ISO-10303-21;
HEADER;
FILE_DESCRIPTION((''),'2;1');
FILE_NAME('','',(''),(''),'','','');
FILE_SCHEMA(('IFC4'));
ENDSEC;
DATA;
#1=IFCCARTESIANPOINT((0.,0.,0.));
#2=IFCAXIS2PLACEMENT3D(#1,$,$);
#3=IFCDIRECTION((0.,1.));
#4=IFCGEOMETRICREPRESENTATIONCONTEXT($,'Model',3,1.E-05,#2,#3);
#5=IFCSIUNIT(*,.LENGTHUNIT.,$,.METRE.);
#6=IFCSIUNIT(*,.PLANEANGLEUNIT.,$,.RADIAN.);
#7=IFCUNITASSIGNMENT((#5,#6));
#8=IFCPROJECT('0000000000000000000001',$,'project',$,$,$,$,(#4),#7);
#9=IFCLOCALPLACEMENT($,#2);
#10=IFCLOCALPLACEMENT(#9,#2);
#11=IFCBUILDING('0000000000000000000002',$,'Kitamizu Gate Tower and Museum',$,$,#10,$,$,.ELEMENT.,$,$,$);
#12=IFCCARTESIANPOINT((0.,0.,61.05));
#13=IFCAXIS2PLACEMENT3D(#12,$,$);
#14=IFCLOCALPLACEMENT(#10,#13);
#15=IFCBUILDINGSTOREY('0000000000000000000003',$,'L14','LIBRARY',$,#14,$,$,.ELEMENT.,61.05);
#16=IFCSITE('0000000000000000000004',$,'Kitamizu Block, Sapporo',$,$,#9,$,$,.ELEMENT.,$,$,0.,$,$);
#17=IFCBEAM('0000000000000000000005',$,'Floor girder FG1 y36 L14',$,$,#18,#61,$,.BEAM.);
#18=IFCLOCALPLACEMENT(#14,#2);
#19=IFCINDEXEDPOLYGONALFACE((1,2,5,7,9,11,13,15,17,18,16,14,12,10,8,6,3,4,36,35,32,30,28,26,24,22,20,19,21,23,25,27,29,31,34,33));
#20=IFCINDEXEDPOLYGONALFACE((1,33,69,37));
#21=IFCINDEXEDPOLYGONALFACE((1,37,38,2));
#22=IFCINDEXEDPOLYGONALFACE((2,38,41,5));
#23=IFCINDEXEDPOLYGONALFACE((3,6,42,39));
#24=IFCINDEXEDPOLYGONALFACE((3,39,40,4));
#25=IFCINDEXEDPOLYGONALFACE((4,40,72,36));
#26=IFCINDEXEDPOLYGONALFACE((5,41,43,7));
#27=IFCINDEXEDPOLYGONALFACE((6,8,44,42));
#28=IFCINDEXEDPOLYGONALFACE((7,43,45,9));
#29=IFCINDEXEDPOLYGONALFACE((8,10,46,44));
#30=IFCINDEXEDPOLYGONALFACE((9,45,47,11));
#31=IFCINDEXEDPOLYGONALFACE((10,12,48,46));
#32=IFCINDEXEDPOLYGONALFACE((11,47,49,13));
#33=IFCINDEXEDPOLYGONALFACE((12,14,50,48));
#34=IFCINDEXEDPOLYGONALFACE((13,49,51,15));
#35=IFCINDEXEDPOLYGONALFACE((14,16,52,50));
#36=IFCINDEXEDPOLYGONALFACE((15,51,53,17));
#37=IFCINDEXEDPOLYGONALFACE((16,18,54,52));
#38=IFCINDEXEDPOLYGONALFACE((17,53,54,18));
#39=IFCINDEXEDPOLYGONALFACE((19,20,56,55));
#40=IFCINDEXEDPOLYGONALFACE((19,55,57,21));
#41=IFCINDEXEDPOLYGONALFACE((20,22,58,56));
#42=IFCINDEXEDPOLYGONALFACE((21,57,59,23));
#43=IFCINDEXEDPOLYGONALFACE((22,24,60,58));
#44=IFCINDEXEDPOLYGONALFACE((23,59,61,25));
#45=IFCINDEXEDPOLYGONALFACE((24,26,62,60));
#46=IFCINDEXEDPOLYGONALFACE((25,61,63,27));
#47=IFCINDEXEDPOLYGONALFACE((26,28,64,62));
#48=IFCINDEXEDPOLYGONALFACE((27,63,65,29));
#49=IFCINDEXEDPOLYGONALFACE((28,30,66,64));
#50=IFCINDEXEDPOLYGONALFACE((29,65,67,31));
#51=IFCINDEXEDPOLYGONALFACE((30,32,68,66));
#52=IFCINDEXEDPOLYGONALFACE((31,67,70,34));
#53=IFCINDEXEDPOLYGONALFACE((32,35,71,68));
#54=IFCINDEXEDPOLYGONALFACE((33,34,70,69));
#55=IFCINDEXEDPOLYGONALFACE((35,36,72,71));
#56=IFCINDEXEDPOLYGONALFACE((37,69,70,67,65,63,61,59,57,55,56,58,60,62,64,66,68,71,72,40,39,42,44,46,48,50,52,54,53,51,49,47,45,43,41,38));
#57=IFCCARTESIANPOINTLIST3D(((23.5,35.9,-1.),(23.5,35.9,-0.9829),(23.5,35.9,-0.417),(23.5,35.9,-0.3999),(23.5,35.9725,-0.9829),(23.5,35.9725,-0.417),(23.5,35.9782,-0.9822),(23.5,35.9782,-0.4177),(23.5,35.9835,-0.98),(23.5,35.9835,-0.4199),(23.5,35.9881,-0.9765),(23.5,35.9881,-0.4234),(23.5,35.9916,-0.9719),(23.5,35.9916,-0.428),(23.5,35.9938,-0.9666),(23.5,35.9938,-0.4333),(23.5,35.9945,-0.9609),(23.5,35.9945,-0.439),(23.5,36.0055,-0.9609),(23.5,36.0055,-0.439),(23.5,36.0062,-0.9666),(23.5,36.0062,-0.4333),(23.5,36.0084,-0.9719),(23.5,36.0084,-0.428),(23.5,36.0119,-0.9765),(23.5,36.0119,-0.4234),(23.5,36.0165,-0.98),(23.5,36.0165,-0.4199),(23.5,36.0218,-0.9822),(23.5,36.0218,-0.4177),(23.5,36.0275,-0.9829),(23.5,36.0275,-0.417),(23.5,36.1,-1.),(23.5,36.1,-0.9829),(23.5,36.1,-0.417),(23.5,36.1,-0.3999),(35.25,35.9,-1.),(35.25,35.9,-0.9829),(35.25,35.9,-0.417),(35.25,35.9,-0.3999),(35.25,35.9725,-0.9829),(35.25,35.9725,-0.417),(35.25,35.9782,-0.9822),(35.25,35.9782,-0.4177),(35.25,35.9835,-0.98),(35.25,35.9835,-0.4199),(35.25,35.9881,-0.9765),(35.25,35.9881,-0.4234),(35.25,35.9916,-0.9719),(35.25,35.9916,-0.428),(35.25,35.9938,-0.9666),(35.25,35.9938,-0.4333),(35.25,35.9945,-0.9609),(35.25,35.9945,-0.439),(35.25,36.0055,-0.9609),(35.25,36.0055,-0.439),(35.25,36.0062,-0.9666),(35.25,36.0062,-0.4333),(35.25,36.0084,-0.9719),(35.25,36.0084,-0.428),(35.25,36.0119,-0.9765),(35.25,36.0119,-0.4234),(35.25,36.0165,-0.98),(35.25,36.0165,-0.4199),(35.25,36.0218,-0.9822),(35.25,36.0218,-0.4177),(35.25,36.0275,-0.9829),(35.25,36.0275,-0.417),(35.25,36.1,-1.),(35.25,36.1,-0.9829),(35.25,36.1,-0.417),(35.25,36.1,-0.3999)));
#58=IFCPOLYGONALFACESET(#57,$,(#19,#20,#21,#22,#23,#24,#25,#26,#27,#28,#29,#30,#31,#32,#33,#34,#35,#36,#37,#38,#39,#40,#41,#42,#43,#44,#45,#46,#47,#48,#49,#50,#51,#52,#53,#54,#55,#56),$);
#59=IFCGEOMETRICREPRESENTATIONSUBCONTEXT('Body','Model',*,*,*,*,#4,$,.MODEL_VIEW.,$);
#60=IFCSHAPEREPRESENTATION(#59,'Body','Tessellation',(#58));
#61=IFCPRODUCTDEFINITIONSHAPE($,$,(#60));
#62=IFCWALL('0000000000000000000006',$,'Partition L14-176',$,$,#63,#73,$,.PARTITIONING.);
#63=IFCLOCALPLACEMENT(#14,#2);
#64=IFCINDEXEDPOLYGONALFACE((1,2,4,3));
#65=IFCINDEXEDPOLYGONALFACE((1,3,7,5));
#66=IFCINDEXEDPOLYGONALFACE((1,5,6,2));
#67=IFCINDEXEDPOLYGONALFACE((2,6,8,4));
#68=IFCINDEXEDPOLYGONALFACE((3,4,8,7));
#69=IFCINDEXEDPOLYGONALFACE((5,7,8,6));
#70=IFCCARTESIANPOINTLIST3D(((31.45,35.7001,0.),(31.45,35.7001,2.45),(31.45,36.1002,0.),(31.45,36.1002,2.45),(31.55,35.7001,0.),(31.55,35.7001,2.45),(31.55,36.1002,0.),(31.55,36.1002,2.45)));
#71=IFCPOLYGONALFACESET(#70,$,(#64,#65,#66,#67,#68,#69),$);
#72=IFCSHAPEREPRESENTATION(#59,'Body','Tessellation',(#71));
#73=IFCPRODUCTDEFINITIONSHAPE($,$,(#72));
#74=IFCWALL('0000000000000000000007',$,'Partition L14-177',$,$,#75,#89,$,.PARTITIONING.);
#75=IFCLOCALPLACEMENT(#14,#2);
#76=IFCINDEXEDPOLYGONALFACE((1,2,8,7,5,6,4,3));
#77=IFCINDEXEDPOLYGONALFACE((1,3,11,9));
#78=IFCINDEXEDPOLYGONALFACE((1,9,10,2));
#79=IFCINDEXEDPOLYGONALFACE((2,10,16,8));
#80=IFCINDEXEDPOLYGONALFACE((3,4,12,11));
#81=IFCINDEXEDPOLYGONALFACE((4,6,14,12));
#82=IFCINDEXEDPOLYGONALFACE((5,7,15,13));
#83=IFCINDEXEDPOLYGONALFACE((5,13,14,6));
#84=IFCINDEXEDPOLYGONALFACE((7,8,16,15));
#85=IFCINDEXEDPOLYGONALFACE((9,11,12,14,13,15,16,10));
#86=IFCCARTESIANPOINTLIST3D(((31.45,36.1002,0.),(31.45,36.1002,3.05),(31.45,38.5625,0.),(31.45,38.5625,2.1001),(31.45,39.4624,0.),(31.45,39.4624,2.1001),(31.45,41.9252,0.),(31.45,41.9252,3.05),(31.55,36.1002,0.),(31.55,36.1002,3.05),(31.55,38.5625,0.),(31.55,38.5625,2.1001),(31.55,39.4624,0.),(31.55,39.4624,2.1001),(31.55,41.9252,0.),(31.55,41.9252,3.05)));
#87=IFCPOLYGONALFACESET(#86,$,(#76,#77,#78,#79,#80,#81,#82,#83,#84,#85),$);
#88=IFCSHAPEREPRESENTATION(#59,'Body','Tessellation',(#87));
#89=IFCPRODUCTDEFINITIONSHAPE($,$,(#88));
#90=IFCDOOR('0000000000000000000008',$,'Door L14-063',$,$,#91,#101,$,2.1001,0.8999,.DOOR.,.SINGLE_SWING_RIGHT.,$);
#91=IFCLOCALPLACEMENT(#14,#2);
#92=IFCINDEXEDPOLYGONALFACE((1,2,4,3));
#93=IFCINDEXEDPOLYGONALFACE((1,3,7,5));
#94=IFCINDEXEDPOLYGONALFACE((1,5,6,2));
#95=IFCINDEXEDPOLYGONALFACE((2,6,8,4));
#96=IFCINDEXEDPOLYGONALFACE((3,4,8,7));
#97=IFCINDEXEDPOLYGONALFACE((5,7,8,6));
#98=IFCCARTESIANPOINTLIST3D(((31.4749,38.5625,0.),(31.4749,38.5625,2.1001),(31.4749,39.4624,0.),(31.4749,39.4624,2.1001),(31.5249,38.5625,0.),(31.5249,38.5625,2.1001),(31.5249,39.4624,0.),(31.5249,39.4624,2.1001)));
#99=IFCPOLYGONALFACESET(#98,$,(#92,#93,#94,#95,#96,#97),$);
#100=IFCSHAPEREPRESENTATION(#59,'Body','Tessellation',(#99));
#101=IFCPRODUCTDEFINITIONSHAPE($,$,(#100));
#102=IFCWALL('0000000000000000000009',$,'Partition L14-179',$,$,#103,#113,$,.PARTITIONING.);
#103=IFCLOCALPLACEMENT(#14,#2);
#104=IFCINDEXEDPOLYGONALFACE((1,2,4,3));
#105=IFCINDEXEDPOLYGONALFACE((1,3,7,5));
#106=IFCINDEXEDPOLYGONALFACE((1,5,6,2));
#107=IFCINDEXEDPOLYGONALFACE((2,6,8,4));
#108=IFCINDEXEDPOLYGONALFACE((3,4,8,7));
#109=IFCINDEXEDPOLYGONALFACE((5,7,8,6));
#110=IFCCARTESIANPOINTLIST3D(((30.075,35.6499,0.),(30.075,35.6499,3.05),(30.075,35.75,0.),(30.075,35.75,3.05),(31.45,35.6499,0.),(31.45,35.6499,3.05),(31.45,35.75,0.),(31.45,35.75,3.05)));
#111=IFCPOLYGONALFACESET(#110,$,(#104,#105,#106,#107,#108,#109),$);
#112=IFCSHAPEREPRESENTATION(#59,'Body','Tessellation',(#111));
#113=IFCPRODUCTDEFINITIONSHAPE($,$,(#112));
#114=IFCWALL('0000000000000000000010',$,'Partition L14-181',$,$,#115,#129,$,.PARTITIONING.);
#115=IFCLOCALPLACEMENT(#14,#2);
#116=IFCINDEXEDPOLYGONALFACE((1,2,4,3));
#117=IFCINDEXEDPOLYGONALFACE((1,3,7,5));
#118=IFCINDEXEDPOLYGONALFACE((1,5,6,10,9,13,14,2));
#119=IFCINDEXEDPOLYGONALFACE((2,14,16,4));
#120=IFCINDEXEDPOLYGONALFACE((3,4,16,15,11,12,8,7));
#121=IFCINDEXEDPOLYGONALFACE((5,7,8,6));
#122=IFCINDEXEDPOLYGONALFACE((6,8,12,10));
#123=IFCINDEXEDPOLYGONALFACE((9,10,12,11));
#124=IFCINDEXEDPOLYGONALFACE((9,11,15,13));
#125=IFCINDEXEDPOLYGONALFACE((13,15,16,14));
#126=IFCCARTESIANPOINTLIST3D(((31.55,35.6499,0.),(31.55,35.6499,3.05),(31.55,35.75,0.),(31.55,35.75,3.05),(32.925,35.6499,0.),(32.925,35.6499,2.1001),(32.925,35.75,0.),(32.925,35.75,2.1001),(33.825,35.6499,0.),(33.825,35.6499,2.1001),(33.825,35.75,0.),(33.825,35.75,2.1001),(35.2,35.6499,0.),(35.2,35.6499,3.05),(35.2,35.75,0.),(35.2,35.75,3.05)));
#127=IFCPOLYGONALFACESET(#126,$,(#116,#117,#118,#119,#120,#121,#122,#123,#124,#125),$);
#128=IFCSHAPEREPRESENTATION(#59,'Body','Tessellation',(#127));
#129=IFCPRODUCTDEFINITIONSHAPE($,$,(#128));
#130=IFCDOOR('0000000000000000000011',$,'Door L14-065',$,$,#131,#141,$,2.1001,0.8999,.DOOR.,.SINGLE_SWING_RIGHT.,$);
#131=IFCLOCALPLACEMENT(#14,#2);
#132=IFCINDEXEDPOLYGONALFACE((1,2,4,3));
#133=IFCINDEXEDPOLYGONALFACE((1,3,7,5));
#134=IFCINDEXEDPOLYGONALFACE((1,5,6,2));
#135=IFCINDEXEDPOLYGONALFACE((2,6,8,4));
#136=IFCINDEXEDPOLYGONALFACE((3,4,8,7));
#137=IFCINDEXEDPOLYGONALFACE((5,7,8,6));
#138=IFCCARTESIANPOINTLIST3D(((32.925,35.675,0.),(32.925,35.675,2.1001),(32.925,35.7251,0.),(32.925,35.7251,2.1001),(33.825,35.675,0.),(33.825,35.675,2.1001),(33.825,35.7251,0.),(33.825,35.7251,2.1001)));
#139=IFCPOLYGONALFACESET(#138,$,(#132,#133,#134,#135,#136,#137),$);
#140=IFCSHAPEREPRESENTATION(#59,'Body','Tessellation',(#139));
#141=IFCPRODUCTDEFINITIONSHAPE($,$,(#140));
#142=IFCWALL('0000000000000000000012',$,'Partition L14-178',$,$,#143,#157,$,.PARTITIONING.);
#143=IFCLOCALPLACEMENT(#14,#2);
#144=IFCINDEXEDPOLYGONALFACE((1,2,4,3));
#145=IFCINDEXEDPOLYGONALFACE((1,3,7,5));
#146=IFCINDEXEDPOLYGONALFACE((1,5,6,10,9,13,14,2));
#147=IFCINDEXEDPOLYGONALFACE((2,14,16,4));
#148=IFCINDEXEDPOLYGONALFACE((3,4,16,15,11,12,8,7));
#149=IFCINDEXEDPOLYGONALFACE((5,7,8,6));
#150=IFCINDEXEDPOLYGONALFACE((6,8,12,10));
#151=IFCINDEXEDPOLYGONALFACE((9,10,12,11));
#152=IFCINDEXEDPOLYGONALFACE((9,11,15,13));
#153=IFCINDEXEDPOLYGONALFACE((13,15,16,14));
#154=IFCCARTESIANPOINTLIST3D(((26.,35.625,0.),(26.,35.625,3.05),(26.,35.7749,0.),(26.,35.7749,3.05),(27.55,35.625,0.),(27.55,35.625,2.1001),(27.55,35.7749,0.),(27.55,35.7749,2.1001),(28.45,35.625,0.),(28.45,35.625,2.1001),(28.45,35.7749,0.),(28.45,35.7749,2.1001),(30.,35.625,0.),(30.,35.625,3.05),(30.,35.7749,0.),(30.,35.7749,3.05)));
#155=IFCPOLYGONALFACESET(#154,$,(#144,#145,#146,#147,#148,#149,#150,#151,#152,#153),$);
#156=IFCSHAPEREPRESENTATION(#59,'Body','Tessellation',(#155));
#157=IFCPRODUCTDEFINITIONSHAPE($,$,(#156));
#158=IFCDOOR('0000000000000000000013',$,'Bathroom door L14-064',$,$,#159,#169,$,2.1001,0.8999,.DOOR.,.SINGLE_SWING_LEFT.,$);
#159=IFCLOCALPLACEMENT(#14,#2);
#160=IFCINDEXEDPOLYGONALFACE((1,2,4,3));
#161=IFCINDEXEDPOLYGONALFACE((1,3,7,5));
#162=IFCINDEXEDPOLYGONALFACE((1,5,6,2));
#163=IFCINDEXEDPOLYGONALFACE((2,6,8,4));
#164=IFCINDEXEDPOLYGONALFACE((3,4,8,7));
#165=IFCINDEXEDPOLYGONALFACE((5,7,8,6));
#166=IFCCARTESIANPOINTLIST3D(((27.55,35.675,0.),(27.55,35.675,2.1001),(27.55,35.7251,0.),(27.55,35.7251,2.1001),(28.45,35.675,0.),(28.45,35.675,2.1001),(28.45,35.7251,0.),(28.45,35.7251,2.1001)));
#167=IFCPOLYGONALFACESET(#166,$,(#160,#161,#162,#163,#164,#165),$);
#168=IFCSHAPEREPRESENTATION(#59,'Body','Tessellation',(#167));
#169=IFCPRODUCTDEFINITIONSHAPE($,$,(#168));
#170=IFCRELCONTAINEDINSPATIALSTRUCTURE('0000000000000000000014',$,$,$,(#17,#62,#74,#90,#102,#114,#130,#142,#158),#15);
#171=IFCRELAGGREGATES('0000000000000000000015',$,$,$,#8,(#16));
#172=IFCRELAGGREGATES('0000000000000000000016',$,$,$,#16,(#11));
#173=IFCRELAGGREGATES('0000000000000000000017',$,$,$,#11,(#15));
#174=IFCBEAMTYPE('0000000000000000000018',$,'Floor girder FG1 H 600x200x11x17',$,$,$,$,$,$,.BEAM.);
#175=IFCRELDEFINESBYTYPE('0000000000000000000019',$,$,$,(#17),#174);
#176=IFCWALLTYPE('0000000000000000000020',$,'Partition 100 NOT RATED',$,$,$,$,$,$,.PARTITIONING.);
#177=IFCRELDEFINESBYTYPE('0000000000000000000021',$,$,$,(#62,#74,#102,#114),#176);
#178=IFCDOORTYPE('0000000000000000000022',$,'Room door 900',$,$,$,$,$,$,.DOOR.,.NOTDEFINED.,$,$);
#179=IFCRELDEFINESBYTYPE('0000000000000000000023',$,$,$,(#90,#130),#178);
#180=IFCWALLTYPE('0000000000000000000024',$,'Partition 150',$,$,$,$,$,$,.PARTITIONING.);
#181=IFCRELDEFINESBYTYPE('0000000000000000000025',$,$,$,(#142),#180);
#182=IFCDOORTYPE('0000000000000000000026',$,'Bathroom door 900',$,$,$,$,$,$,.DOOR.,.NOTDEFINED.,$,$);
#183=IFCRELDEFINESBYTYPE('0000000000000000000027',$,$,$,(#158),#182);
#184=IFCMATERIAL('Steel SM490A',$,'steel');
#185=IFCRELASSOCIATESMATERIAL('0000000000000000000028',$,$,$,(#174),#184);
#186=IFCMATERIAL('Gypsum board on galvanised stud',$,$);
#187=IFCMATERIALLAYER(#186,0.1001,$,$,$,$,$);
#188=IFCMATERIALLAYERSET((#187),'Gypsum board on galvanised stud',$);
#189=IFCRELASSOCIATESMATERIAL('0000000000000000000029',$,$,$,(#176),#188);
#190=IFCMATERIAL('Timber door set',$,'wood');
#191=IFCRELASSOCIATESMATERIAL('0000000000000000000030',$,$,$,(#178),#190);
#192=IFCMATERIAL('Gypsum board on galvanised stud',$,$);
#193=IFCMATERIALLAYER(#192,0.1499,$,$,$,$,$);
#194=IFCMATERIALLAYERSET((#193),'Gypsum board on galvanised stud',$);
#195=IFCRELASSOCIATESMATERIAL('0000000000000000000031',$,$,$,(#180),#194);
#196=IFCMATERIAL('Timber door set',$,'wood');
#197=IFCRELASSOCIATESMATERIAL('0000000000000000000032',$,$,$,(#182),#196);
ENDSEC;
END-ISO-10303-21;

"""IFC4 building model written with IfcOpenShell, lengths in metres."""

from ifc_helpers import new_model, si_unit, direction, frame, frame_2d, origin, origin_2d, place, context, subcontext, project, spatial, rectangle, i_section, extrude, material, layer, layer_set, material_profile, profile_set, type_object, element, fill, save


model = new_model("IFC4")

# Units and contexts
model_context = context("Model", 3, precision=1e-05, world=origin(), true_north=direction((0.0, 1.0)))
body_context = subcontext(model_context, "Body", "Model", "MODEL_VIEW")
ifc_project = project(units=[si_unit("LENGTHUNIT", "METRE"), si_unit("PLANEANGLEUNIT", "RADIAN")], contexts=[model_context])

# Site, building, storey
site_placement = place(None, origin())
site = spatial("IfcSite", under=ifc_project, at=site_placement, Name="Kitamizu Block, Sapporo", CompositionType="ELEMENT", RefElevation=0.0)
building_placement = place(site_placement, origin())
building = spatial("IfcBuilding", under=site, at=building_placement, Name="Kitamizu Gate Tower and Museum", CompositionType="ELEMENT")
storey_placement = place(building_placement, frame((0.0, 0.0, 61.05)))
storey = spatial("IfcBuildingStorey", under=building, at=storey_placement, Name="L14", Description="LIBRARY", CompositionType="ELEMENT", Elevation=61.05)

# Beam
ifc_material_1 = material(Name="Steel SM490A", Category="steel")
ifc_material_profile = material_profile(ifc_material_1, i_section(OverallWidth=0.2, OverallDepth=0.6001, WebThickness=0.011, FlangeThickness=0.0171, FilletRadius=0.022, at=origin_2d()), Name="H-600x200x11x17")
ifc_profile_set = profile_set([ifc_material_profile], Name="Steel SM490A")
beam_type = type_object("IfcBeamType", Name="Floor girder FG1 H 600x200x11x17", PredefinedType="BEAM", material=ifc_profile_set)
beam_placement = place(storey_placement, frame((23.5, 36.0, -0.7), z_axis=(1.0, 0.0, 0.0), x_axis=(0.0, 1.0, 0.0)))
element("IfcBeam", 1, at=beam_placement, inside=storey, type_object=beam_type, Name="Floor girder FG1 y36 L14", PredefinedType="BEAM", context=body_context, shape_type="SweptSolid", body=[
    extrude(i_section(OverallWidth=0.2, OverallDepth=0.6001, WebThickness=0.011, FlangeThickness=0.0171, FilletRadius=0.022, at=origin_2d()), origin(), (0.0, 0.0, 1.0), 11.75),
])

# Wall
ifc_material_2 = material(Name="Gypsum board on galvanised stud")
ifc_layer_1 = layer(ifc_material_2, 0.1001)
ifc_layer_set_1 = layer_set([ifc_layer_1], Name="Gypsum board on galvanised stud")
wall_type_1 = type_object("IfcWallType", Name="Partition 100 NOT RATED", PredefinedType="PARTITIONING", material=ifc_layer_set_1)
wall_1_placement = place(storey_placement, frame((31.5, 35.7, 0.0), z_axis=(0.0, 0.0, 1.0), x_axis=(0.0, 1.0, 0.0)))
element("IfcWall", 2, at=wall_1_placement, inside=storey, type_object=wall_type_1, Name="Partition L14-176", PredefinedType="PARTITIONING", context=body_context, shape_type="SweptSolid", body=[
    extrude(rectangle(XDim=0.4001, YDim=0.1001, at=frame_2d((0.2002, 0.0))), origin(), (0.0, 0.0, 1.0), 2.45),
])

# Wall, opening, door
wall_2_placement = place(storey_placement, frame((31.5, 36.1001, 0.0), z_axis=(0.0, 0.0, 1.0), x_axis=(0.0, 1.0, 0.0)))
wall_2 = element("IfcWall", 3, at=wall_2_placement, inside=storey, type_object=wall_type_1, Name="Partition L14-177", PredefinedType="PARTITIONING", context=body_context, shape_type="SweptSolid", body=[
    extrude(rectangle(XDim=5.825, YDim=0.1001, at=frame_2d((2.9126, 0.0))), origin(), (0.0, 0.0, 1.0), 3.05),
])
opening_1_placement = place(wall_2_placement, frame((2.4624, 0.0, 0.0)))
opening_1 = element("IfcOpeningElement", 4, at=opening_1_placement, cuts=wall_2, PredefinedType="OPENING", context=body_context, shape_type="SweptSolid", body=[
    extrude(rectangle(XDim=0.8999, YDim=2.1001, at=frame_2d((0.45, 1.05))), frame((0.0, 0.0601, 0.0), z_axis=(0.0, -1.0, 0.0), x_axis=(1.0, 0.0, 0.0)), (0.0, 0.0, 1.0), 0.1201),
])
ifc_material_3 = material(Name="Timber door set", Category="wood")
door_type_1 = type_object("IfcDoorType", Name="Room door 900", OperationType="NOTDEFINED", PredefinedType="DOOR", material=ifc_material_3)
door_1_placement = place(opening_1_placement, frame((0.8999, 0.0, 0.0), x_axis=(-1.0, 0.0, 0.0)))
door_1 = element("IfcDoor", 5, at=door_1_placement, inside=storey, type_object=door_type_1, Name="Door L14-063", OperationType="SINGLE_SWING_RIGHT", OverallHeight=2.1001, OverallWidth=0.8999, PredefinedType="DOOR", context=body_context, shape_type="SweptSolid", body=[
    extrude(rectangle(XDim=0.8999, YDim=2.1001, at=frame_2d((0.45, 1.05))), frame((0.0, 0.0249, 0.0), z_axis=(0.0, -1.0, 0.0), x_axis=(1.0, 0.0, 0.0)), (0.0, 0.0, 1.0), 0.05),
])
fill(opening_1, door_1)

# Wall
wall_3_placement = place(storey_placement, frame((30.075, 35.7, 0.0), z_axis=(0.0, 0.0, 1.0), x_axis=(1.0, 0.0, 0.0)))
element("IfcWall", 6, at=wall_3_placement, inside=storey, type_object=wall_type_1, Name="Partition L14-179", PredefinedType="PARTITIONING", context=body_context, shape_type="SweptSolid", body=[
    extrude(rectangle(XDim=1.375, YDim=0.1001, at=frame_2d((0.6875, 0.0))), origin(), (0.0, 0.0, 1.0), 3.05),
])

# Walls, openings, doors
wall_4_placement = place(storey_placement, frame((31.55, 35.7, 0.0), z_axis=(0.0, 0.0, 1.0), x_axis=(1.0, 0.0, 0.0)))
wall_4 = element("IfcWall", 7, at=wall_4_placement, inside=storey, type_object=wall_type_1, Name="Partition L14-181", PredefinedType="PARTITIONING", context=body_context, shape_type="SweptSolid", body=[
    extrude(rectangle(XDim=3.6499, YDim=0.1001, at=frame_2d((1.825, 0.0))), origin(), (0.0, 0.0, 1.0), 3.05),
])
opening_2_placement = place(wall_4_placement, frame((1.375, 0.0, 0.0)))
opening_2 = element("IfcOpeningElement", 8, at=opening_2_placement, cuts=wall_4, PredefinedType="OPENING", context=body_context, shape_type="SweptSolid", body=[
    extrude(rectangle(XDim=0.8999, YDim=2.1001, at=frame_2d((0.45, 1.05))), frame((0.0, 0.0601, 0.0), z_axis=(0.0, -1.0, 0.0), x_axis=(1.0, 0.0, 0.0)), (0.0, 0.0, 1.0), 0.1201),
])
door_2_placement = place(opening_2_placement, frame((0.8999, 0.0, 0.0), x_axis=(-1.0, 0.0, 0.0)))
door_2 = element("IfcDoor", 9, at=door_2_placement, inside=storey, type_object=door_type_1, Name="Door L14-065", OperationType="SINGLE_SWING_RIGHT", OverallHeight=2.1001, OverallWidth=0.8999, PredefinedType="DOOR", context=body_context, shape_type="SweptSolid", body=[
    extrude(rectangle(XDim=0.8999, YDim=2.1001, at=frame_2d((0.45, 1.05))), frame((0.0, 0.0249, 0.0), z_axis=(0.0, -1.0, 0.0), x_axis=(1.0, 0.0, 0.0)), (0.0, 0.0, 1.0), 0.05),
])
fill(opening_2, door_2)
ifc_material_4 = material(Name="Gypsum board on galvanised stud")
ifc_layer_2 = layer(ifc_material_4, 0.1499)
ifc_layer_set_2 = layer_set([ifc_layer_2], Name="Gypsum board on galvanised stud")
wall_type_2 = type_object("IfcWallType", Name="Partition 150", PredefinedType="PARTITIONING", material=ifc_layer_set_2)
wall_5_placement = place(storey_placement, frame((26.0, 35.7, 0.0), z_axis=(0.0, 0.0, 1.0), x_axis=(1.0, 0.0, 0.0)))
wall_5 = element("IfcWall", 10, at=wall_5_placement, inside=storey, type_object=wall_type_2, Name="Partition L14-178", PredefinedType="PARTITIONING", context=body_context, shape_type="SweptSolid", body=[
    extrude(rectangle(XDim=4.0, YDim=0.1499, at=frame_2d((2.0, 0.0))), origin(), (0.0, 0.0, 1.0), 3.05),
])
opening_3_placement = place(wall_5_placement, frame((1.55, 0.0, 0.0)))
opening_3 = element("IfcOpeningElement", 11, at=opening_3_placement, cuts=wall_5, PredefinedType="OPENING", context=body_context, shape_type="SweptSolid", body=[
    extrude(rectangle(XDim=0.8999, YDim=2.1001, at=frame_2d((0.45, 1.05))), frame((0.0, 0.085, 0.0), z_axis=(0.0, -1.0, 0.0), x_axis=(1.0, 0.0, 0.0)), (0.0, 0.0, 1.0), 0.1699),
])
ifc_material_5 = material(Name="Timber door set", Category="wood")
door_type_2 = type_object("IfcDoorType", Name="Bathroom door 900", OperationType="NOTDEFINED", PredefinedType="DOOR", material=ifc_material_5)
door_3_placement = place(opening_3_placement, frame((0.8999, 0.0, 0.0), x_axis=(-1.0, 0.0, 0.0)))
door_3 = element("IfcDoor", 12, at=door_3_placement, inside=storey, type_object=door_type_2, Name="Bathroom door L14-064", OperationType="SINGLE_SWING_LEFT", OverallHeight=2.1001, OverallWidth=0.8999, PredefinedType="DOOR", context=body_context, shape_type="SweptSolid", body=[
    extrude(rectangle(XDim=0.8999, YDim=2.1001, at=frame_2d((0.45, 1.05))), frame((0.0, 0.0249, 0.0), z_axis=(0.0, -1.0, 0.0), x_axis=(1.0, 0.0, 0.0)), (0.0, 0.0, 1.0), 0.05),
])
fill(opening_3, door_3)

save(model, "model.ifc")
